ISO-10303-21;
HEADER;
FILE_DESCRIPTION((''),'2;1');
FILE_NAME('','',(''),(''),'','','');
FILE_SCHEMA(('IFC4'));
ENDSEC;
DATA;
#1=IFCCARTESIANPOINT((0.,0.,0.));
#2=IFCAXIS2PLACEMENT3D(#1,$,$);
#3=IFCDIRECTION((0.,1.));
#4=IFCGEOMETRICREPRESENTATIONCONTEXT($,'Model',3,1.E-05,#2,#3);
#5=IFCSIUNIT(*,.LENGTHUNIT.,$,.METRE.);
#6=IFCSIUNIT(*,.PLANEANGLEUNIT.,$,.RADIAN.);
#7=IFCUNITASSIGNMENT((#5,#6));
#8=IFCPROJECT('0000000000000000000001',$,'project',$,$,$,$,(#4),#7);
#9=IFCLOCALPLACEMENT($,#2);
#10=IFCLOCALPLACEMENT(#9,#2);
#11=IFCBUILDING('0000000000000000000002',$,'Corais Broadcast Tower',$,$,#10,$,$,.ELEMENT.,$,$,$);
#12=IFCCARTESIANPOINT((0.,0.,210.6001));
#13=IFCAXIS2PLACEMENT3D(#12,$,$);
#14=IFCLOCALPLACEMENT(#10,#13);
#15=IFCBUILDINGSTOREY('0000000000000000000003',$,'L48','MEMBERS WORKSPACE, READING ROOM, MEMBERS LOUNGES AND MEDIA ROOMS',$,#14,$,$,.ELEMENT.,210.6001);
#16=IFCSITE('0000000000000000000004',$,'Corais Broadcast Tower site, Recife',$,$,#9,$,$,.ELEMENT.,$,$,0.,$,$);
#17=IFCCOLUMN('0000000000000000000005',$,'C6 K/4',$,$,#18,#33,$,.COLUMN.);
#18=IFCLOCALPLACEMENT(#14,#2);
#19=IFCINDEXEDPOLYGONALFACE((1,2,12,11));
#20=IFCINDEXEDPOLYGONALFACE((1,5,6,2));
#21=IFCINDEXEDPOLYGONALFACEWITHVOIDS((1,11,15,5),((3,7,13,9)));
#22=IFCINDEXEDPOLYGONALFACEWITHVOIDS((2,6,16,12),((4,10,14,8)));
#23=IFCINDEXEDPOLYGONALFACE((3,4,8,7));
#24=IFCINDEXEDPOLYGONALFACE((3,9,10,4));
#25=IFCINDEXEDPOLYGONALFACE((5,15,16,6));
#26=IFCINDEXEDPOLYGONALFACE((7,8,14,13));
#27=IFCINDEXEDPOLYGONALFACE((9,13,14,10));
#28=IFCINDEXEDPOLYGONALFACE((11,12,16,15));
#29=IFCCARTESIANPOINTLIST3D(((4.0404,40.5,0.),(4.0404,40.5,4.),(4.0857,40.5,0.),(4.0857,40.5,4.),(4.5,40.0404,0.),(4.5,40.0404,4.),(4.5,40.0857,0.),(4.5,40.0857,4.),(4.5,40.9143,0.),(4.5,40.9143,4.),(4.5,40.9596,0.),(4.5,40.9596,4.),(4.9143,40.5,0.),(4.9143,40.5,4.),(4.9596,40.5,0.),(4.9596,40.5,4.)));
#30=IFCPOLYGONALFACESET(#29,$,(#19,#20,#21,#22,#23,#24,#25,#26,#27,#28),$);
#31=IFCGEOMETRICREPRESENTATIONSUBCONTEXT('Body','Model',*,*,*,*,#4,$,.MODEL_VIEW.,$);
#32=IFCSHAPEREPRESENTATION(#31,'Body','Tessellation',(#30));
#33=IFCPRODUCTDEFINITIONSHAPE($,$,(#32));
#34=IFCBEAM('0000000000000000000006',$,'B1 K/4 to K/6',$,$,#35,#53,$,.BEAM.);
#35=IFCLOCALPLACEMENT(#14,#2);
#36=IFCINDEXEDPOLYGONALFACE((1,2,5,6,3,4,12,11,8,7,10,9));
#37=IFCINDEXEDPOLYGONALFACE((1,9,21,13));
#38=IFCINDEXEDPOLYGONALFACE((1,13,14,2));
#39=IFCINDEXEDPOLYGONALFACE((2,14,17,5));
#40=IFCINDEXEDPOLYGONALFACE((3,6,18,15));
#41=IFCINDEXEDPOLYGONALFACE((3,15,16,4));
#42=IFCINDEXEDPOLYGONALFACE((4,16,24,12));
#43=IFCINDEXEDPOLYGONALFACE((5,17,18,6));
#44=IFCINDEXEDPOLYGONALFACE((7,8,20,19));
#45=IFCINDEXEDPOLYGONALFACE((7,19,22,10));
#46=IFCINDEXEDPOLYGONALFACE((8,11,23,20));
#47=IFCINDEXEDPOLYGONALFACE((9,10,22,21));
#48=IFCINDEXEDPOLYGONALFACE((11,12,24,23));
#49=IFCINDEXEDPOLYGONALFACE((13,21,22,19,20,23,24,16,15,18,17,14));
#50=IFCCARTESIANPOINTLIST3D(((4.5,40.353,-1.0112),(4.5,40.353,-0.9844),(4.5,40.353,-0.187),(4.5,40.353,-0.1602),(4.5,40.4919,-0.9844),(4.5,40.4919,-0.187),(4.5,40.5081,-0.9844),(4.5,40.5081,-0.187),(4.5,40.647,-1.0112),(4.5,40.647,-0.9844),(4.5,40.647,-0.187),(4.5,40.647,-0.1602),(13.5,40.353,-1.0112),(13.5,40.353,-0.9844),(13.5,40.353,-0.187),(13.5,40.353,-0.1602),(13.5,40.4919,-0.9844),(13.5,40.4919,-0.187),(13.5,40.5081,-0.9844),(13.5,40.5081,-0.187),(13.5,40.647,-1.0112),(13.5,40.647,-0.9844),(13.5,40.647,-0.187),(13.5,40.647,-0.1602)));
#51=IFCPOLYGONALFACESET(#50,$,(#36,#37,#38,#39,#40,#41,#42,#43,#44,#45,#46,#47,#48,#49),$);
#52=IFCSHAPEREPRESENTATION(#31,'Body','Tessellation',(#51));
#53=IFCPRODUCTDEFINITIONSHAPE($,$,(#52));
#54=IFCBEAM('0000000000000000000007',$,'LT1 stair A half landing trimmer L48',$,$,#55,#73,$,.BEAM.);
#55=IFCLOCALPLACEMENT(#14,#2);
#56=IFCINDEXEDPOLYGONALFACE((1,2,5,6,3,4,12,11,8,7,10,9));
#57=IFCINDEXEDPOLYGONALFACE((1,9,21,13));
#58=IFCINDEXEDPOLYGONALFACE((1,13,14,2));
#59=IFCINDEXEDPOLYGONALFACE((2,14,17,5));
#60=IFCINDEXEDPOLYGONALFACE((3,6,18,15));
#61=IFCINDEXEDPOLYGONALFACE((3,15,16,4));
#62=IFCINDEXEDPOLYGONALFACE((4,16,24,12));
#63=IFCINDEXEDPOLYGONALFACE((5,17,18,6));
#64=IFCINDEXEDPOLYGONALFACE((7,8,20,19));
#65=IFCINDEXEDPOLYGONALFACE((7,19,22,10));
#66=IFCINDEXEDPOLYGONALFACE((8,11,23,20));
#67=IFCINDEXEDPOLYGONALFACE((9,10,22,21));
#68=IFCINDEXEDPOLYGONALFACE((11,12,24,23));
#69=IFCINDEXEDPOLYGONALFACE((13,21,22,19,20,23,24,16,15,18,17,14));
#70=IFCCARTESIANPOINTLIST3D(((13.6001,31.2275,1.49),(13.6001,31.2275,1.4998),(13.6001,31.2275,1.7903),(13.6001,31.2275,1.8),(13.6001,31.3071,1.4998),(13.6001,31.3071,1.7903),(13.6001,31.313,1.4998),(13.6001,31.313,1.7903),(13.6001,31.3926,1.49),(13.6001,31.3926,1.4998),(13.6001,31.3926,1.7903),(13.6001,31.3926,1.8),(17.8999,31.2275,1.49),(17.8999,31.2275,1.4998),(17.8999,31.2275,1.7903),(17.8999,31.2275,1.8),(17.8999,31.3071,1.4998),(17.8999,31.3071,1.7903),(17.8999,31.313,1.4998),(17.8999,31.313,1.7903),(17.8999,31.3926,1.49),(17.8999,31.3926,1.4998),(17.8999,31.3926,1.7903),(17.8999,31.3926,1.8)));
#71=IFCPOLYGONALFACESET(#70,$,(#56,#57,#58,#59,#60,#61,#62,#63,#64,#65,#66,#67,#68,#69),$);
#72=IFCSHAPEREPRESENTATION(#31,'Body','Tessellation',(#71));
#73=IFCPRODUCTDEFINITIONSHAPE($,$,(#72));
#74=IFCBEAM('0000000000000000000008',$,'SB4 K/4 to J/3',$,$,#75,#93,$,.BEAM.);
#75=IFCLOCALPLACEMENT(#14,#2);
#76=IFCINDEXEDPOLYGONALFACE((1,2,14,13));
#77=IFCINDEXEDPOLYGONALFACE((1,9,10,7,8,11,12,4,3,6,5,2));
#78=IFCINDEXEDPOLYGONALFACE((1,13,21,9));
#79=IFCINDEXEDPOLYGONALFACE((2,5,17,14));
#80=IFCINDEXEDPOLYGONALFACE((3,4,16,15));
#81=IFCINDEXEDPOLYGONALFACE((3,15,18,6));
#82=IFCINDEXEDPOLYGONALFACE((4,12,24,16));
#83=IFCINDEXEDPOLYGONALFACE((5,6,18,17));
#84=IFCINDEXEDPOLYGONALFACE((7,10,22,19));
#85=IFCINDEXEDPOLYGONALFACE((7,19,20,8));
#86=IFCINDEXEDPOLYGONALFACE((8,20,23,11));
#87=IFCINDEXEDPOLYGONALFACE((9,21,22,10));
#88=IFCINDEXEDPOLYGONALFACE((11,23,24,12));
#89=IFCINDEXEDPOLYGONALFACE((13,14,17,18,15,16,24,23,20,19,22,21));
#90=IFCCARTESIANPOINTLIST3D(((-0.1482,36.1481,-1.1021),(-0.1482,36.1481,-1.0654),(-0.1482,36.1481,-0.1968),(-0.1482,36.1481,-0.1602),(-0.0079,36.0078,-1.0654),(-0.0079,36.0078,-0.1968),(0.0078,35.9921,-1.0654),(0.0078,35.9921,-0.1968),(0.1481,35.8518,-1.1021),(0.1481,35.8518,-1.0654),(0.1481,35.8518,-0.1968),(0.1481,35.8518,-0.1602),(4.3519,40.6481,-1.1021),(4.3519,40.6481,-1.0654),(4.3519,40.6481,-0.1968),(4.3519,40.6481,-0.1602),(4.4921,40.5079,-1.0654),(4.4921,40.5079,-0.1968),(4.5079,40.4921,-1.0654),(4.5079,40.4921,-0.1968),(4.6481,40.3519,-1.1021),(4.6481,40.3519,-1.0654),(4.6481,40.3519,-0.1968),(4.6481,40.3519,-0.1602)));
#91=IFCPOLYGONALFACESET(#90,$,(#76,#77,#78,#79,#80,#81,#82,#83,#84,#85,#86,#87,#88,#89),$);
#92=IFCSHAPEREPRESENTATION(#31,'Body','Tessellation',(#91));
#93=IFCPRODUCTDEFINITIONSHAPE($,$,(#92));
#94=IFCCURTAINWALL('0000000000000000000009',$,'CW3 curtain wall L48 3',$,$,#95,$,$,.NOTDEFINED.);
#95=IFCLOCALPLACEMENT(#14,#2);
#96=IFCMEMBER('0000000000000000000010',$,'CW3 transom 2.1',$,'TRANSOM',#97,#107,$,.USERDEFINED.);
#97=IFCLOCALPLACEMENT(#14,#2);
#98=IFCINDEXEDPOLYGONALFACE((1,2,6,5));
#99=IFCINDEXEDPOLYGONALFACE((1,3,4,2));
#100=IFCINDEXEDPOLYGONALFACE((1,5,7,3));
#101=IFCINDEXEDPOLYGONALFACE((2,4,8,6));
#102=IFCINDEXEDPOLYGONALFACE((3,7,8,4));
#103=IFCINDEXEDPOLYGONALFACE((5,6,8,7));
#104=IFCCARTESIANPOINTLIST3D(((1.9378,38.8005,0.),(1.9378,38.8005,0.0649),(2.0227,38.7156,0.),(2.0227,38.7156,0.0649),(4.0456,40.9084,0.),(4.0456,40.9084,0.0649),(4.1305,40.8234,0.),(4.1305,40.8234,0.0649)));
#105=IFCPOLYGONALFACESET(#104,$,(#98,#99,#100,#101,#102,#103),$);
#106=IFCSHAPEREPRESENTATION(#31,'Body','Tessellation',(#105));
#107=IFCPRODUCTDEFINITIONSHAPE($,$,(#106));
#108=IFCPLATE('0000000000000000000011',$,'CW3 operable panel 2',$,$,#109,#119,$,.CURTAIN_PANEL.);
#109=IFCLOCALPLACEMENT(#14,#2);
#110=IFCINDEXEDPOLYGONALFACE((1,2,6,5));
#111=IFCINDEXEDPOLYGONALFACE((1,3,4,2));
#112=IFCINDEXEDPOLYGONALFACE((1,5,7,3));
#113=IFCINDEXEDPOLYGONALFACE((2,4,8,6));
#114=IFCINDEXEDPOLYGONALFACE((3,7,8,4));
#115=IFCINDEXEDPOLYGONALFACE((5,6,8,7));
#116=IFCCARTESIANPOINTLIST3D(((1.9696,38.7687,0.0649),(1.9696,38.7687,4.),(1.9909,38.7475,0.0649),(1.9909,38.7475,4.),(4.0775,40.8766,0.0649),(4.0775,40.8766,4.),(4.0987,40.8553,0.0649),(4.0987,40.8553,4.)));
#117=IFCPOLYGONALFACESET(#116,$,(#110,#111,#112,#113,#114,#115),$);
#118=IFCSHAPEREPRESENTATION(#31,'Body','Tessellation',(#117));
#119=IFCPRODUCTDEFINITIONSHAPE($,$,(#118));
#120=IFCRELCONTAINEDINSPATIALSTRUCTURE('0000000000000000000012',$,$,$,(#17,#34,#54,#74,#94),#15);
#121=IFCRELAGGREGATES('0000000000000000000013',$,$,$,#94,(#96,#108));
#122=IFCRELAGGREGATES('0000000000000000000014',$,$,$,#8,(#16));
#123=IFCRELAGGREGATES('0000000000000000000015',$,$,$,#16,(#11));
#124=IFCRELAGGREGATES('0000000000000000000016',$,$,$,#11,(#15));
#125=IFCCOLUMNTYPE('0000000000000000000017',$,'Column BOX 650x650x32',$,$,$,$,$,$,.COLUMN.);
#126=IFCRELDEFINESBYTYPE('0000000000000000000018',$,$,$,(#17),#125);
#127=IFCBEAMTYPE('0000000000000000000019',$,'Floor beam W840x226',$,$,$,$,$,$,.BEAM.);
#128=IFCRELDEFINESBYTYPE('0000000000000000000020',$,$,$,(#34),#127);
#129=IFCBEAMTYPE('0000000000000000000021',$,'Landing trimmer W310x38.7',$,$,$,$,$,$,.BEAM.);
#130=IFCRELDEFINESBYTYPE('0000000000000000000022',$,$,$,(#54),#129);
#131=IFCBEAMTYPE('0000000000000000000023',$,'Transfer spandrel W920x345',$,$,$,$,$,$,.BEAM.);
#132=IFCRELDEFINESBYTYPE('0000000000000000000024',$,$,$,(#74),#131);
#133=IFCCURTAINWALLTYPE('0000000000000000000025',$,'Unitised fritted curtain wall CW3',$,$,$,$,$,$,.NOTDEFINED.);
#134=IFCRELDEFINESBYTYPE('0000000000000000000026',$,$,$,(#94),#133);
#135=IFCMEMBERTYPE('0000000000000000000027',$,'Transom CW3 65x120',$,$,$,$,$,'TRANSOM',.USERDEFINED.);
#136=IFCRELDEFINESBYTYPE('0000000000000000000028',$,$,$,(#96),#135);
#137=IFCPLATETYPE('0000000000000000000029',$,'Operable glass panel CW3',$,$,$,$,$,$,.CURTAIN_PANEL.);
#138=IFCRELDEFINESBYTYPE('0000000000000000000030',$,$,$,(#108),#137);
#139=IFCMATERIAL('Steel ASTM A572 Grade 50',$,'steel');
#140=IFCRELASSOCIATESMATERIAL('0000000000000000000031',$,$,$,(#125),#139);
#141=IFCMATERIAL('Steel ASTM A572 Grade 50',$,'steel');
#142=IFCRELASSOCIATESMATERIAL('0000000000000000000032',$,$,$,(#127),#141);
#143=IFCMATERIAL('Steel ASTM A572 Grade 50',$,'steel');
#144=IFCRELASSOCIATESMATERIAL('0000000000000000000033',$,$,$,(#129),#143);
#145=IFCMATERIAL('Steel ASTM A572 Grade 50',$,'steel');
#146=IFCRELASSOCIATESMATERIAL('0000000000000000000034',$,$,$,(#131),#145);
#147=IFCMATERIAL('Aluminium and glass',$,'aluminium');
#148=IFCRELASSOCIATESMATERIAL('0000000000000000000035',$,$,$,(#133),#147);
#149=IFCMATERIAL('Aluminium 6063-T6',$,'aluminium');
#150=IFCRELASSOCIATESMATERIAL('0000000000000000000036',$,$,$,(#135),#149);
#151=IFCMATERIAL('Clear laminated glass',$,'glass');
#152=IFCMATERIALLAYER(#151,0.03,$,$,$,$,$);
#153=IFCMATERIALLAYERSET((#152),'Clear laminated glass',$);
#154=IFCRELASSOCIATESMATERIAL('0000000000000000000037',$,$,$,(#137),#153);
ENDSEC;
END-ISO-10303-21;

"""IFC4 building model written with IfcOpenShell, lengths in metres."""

from ifc_helpers import new_model, si_unit, direction, frame, origin, origin_2d, place, context, subcontext, project, spatial, rectangle, hollow_rectangle, i_section, extrude, material, layer, layer_set, material_profile, profile_set, type_object, element, aggregate, save


model = new_model("IFC4")

# Units and contexts
model_context = context("Model", 3, precision=1e-05, world=origin(), true_north=direction((0.0, 1.0)))
body_context = subcontext(model_context, "Body", "Model", "MODEL_VIEW")
ifc_project = project(units=[si_unit("LENGTHUNIT", "METRE"), si_unit("PLANEANGLEUNIT", "RADIAN")], contexts=[model_context])

# Site, building, storey
site_placement = place(None, origin())
site = spatial("IfcSite", under=ifc_project, at=site_placement, Name="Corais Broadcast Tower site, Recife", CompositionType="ELEMENT", RefElevation=0.0)
building_placement = place(site_placement, origin())
building = spatial("IfcBuilding", under=site, at=building_placement, Name="Corais Broadcast Tower", CompositionType="ELEMENT")
storey_placement = place(building_placement, frame((0.0, 0.0, 210.6001)))
storey = spatial("IfcBuildingStorey", under=building, at=storey_placement, Name="L48", Description="MEMBERS WORKSPACE, READING ROOM, MEMBERS LOUNGES AND MEDIA ROOMS", CompositionType="ELEMENT", Elevation=210.6001)

# Column
ifc_material_1 = material(Name="Steel ASTM A572 Grade 50", Category="steel")
ifc_material_profile_1 = material_profile(ifc_material_1, hollow_rectangle(XDim=0.6499, YDim=0.6499, WallThickness=0.032, at=origin_2d()), Name="BOX 650x650x32")
ifc_profile_set_1 = profile_set([ifc_material_profile_1], Name="Steel ASTM A572 Grade 50")
column_type = type_object("IfcColumnType", Name="Column BOX 650x650x32", PredefinedType="COLUMN", material=ifc_profile_set_1)
column_placement = place(storey_placement, frame((4.5, 40.5, 0.0), z_axis=(0.0, 0.0, 1.0), x_axis=(0.707107, 0.707107, 0.0)))
element("IfcColumn", 1, at=column_placement, inside=storey, type_object=column_type, Name="C6 K/4", PredefinedType="COLUMN", context=body_context, shape_type="SweptSolid", body=[
    extrude(hollow_rectangle(XDim=0.6499, YDim=0.6499, WallThickness=0.032, at=origin_2d()), origin(), (0.0, 0.0, 1.0), 4.0),
])

# Beams
ifc_material_2 = material(Name="Steel ASTM A572 Grade 50", Category="steel")
ifc_material_profile_2 = material_profile(ifc_material_2, i_section(OverallWidth=0.2939, OverallDepth=0.8511, WebThickness=0.0161, FlangeThickness=0.0269, at=origin_2d()), Name="W840x226")
ifc_profile_set_2 = profile_set([ifc_material_profile_2], Name="Steel ASTM A572 Grade 50")
beam_type_1 = type_object("IfcBeamType", Name="Floor beam W840x226", PredefinedType="BEAM", material=ifc_profile_set_2)
beam_1_placement = place(storey_placement, frame((4.5, 40.5, -0.5857), z_axis=(1.0, 0.0, 0.0), x_axis=(0.0, 1.0, 0.0)))
element("IfcBeam", 2, at=beam_1_placement, inside=storey, type_object=beam_type_1, Name="B1 K/4 to K/6", PredefinedType="BEAM", context=body_context, shape_type="SweptSolid", body=[
    extrude(i_section(OverallWidth=0.2939, OverallDepth=0.8511, WebThickness=0.0161, FlangeThickness=0.0269, at=origin_2d()), origin(), (0.0, 0.0, 1.0), 9.0),
])
ifc_material_3 = material(Name="Steel ASTM A572 Grade 50", Category="steel")
ifc_material_profile_3 = material_profile(ifc_material_3, i_section(OverallWidth=0.165, OverallDepth=0.3101, WebThickness=0.0059, FlangeThickness=0.0098, at=origin_2d()), Name="W310x38.7")
ifc_profile_set_3 = profile_set([ifc_material_profile_3], Name="Steel ASTM A572 Grade 50")
beam_type_2 = type_object("IfcBeamType", Name="Landing trimmer W310x38.7", PredefinedType="BEAM", material=ifc_profile_set_3)
beam_2_placement = place(storey_placement, frame((13.6001, 31.3101, 1.645), z_axis=(1.0, 0.0, 0.0), x_axis=(0.0, 1.0, 0.0)))
element("IfcBeam", 3, at=beam_2_placement, inside=storey, type_object=beam_type_2, Name="LT1 stair A half landing trimmer L48", PredefinedType="BEAM", context=body_context, shape_type="SweptSolid", body=[
    extrude(i_section(OverallWidth=0.165, OverallDepth=0.3101, WebThickness=0.0059, FlangeThickness=0.0098, at=origin_2d()), origin(), (0.0, 0.0, 1.0), 4.2998),
])
ifc_material_4 = material(Name="Steel ASTM A572 Grade 50", Category="steel")
ifc_material_profile_4 = material_profile(ifc_material_4, i_section(OverallWidth=0.4189, OverallDepth=0.9419, WebThickness=0.0222, FlangeThickness=0.0366, at=origin_2d()), Name="W920x345")
ifc_profile_set_4 = profile_set([ifc_material_profile_4], Name="Steel ASTM A572 Grade 50")
beam_type_3 = type_object("IfcBeamType", Name="Transfer spandrel W920x345", PredefinedType="BEAM", material=ifc_profile_set_4)
beam_3_placement = place(storey_placement, frame((4.5, 40.5, -0.6311), z_axis=(-0.707107, -0.707107, 0.0), x_axis=(0.707107, -0.707107, 0.0)))
element("IfcBeam", 4, at=beam_3_placement, inside=storey, type_object=beam_type_3, Name="SB4 K/4 to J/3", PredefinedType="BEAM", context=body_context, shape_type="SweptSolid", body=[
    extrude(i_section(OverallWidth=0.4189, OverallDepth=0.9419, WebThickness=0.0222, FlangeThickness=0.0366, at=origin_2d()), origin(), (0.0, 0.0, 1.0), 6.364),
])

# Curtain wall, member, plate
ifc_material_5 = material(Name="Aluminium and glass", Category="aluminium")
curtain_wall_type = type_object("IfcCurtainWallType", Name="Unitised fritted curtain wall CW3", PredefinedType="NOTDEFINED", material=ifc_material_5)
curtain_wall_placement = place(storey_placement, origin())
curtain_wall = element("IfcCurtainWall", 5, at=curtain_wall_placement, inside=storey, type_object=curtain_wall_type, Name="CW3 curtain wall L48 3", PredefinedType="NOTDEFINED")
ifc_material_6 = material(Name="Aluminium 6063-T6", Category="aluminium")
ifc_material_profile_5 = material_profile(ifc_material_6, rectangle(XDim=0.1201, YDim=0.0649, at=origin_2d()), Name="Transom CW3 65x120")
ifc_profile_set_5 = profile_set([ifc_material_profile_5], Name="Aluminium 6063-T6")
member_type = type_object("IfcMemberType", Name="Transom CW3 65x120", ElementType="TRANSOM", PredefinedType="USERDEFINED", material=ifc_profile_set_5)
member_placement = place(storey_placement, frame((1.9802, 38.7581, 0.0325), z_axis=(0.707107, 0.707107, 0.0), x_axis=(-0.707107, 0.707107, 0.0)))
member = element("IfcMember", 6, at=member_placement, type_object=member_type, Name="CW3 transom 2.1", ObjectType="TRANSOM", PredefinedType="USERDEFINED", context=body_context, shape_type="SweptSolid", body=[
    extrude(rectangle(XDim=0.1201, YDim=0.0649, at=origin_2d()), origin(), (0.0, 0.0, 1.0), 2.981),
])
ifc_material_7 = material(Name="Clear laminated glass", Category="glass")
ifc_layer_1 = layer(ifc_material_7, 0.03)
ifc_layer_set_1 = layer_set([ifc_layer_1], Name="Clear laminated glass")
plate_type = type_object("IfcPlateType", Name="Operable glass panel CW3", PredefinedType="CURTAIN_PANEL", material=ifc_layer_set_1)
plate_placement = place(storey_placement, frame((3.0342, 39.812, 0.0649), z_axis=(0.0, 0.0, 1.0), x_axis=(0.707107, 0.707107, 0.0)))
plate = element("IfcPlate", 7, at=plate_placement, type_object=plate_type, Name="CW3 operable panel 2", PredefinedType="CURTAIN_PANEL", context=body_context, shape_type="SweptSolid", body=[
    extrude(rectangle(XDim=2.981, YDim=0.03, at=origin_2d()), origin(), (0.0, 0.0, 1.0), 3.9351),
])
aggregate(curtain_wall, [member, plate])

save(model, "model.ifc")
